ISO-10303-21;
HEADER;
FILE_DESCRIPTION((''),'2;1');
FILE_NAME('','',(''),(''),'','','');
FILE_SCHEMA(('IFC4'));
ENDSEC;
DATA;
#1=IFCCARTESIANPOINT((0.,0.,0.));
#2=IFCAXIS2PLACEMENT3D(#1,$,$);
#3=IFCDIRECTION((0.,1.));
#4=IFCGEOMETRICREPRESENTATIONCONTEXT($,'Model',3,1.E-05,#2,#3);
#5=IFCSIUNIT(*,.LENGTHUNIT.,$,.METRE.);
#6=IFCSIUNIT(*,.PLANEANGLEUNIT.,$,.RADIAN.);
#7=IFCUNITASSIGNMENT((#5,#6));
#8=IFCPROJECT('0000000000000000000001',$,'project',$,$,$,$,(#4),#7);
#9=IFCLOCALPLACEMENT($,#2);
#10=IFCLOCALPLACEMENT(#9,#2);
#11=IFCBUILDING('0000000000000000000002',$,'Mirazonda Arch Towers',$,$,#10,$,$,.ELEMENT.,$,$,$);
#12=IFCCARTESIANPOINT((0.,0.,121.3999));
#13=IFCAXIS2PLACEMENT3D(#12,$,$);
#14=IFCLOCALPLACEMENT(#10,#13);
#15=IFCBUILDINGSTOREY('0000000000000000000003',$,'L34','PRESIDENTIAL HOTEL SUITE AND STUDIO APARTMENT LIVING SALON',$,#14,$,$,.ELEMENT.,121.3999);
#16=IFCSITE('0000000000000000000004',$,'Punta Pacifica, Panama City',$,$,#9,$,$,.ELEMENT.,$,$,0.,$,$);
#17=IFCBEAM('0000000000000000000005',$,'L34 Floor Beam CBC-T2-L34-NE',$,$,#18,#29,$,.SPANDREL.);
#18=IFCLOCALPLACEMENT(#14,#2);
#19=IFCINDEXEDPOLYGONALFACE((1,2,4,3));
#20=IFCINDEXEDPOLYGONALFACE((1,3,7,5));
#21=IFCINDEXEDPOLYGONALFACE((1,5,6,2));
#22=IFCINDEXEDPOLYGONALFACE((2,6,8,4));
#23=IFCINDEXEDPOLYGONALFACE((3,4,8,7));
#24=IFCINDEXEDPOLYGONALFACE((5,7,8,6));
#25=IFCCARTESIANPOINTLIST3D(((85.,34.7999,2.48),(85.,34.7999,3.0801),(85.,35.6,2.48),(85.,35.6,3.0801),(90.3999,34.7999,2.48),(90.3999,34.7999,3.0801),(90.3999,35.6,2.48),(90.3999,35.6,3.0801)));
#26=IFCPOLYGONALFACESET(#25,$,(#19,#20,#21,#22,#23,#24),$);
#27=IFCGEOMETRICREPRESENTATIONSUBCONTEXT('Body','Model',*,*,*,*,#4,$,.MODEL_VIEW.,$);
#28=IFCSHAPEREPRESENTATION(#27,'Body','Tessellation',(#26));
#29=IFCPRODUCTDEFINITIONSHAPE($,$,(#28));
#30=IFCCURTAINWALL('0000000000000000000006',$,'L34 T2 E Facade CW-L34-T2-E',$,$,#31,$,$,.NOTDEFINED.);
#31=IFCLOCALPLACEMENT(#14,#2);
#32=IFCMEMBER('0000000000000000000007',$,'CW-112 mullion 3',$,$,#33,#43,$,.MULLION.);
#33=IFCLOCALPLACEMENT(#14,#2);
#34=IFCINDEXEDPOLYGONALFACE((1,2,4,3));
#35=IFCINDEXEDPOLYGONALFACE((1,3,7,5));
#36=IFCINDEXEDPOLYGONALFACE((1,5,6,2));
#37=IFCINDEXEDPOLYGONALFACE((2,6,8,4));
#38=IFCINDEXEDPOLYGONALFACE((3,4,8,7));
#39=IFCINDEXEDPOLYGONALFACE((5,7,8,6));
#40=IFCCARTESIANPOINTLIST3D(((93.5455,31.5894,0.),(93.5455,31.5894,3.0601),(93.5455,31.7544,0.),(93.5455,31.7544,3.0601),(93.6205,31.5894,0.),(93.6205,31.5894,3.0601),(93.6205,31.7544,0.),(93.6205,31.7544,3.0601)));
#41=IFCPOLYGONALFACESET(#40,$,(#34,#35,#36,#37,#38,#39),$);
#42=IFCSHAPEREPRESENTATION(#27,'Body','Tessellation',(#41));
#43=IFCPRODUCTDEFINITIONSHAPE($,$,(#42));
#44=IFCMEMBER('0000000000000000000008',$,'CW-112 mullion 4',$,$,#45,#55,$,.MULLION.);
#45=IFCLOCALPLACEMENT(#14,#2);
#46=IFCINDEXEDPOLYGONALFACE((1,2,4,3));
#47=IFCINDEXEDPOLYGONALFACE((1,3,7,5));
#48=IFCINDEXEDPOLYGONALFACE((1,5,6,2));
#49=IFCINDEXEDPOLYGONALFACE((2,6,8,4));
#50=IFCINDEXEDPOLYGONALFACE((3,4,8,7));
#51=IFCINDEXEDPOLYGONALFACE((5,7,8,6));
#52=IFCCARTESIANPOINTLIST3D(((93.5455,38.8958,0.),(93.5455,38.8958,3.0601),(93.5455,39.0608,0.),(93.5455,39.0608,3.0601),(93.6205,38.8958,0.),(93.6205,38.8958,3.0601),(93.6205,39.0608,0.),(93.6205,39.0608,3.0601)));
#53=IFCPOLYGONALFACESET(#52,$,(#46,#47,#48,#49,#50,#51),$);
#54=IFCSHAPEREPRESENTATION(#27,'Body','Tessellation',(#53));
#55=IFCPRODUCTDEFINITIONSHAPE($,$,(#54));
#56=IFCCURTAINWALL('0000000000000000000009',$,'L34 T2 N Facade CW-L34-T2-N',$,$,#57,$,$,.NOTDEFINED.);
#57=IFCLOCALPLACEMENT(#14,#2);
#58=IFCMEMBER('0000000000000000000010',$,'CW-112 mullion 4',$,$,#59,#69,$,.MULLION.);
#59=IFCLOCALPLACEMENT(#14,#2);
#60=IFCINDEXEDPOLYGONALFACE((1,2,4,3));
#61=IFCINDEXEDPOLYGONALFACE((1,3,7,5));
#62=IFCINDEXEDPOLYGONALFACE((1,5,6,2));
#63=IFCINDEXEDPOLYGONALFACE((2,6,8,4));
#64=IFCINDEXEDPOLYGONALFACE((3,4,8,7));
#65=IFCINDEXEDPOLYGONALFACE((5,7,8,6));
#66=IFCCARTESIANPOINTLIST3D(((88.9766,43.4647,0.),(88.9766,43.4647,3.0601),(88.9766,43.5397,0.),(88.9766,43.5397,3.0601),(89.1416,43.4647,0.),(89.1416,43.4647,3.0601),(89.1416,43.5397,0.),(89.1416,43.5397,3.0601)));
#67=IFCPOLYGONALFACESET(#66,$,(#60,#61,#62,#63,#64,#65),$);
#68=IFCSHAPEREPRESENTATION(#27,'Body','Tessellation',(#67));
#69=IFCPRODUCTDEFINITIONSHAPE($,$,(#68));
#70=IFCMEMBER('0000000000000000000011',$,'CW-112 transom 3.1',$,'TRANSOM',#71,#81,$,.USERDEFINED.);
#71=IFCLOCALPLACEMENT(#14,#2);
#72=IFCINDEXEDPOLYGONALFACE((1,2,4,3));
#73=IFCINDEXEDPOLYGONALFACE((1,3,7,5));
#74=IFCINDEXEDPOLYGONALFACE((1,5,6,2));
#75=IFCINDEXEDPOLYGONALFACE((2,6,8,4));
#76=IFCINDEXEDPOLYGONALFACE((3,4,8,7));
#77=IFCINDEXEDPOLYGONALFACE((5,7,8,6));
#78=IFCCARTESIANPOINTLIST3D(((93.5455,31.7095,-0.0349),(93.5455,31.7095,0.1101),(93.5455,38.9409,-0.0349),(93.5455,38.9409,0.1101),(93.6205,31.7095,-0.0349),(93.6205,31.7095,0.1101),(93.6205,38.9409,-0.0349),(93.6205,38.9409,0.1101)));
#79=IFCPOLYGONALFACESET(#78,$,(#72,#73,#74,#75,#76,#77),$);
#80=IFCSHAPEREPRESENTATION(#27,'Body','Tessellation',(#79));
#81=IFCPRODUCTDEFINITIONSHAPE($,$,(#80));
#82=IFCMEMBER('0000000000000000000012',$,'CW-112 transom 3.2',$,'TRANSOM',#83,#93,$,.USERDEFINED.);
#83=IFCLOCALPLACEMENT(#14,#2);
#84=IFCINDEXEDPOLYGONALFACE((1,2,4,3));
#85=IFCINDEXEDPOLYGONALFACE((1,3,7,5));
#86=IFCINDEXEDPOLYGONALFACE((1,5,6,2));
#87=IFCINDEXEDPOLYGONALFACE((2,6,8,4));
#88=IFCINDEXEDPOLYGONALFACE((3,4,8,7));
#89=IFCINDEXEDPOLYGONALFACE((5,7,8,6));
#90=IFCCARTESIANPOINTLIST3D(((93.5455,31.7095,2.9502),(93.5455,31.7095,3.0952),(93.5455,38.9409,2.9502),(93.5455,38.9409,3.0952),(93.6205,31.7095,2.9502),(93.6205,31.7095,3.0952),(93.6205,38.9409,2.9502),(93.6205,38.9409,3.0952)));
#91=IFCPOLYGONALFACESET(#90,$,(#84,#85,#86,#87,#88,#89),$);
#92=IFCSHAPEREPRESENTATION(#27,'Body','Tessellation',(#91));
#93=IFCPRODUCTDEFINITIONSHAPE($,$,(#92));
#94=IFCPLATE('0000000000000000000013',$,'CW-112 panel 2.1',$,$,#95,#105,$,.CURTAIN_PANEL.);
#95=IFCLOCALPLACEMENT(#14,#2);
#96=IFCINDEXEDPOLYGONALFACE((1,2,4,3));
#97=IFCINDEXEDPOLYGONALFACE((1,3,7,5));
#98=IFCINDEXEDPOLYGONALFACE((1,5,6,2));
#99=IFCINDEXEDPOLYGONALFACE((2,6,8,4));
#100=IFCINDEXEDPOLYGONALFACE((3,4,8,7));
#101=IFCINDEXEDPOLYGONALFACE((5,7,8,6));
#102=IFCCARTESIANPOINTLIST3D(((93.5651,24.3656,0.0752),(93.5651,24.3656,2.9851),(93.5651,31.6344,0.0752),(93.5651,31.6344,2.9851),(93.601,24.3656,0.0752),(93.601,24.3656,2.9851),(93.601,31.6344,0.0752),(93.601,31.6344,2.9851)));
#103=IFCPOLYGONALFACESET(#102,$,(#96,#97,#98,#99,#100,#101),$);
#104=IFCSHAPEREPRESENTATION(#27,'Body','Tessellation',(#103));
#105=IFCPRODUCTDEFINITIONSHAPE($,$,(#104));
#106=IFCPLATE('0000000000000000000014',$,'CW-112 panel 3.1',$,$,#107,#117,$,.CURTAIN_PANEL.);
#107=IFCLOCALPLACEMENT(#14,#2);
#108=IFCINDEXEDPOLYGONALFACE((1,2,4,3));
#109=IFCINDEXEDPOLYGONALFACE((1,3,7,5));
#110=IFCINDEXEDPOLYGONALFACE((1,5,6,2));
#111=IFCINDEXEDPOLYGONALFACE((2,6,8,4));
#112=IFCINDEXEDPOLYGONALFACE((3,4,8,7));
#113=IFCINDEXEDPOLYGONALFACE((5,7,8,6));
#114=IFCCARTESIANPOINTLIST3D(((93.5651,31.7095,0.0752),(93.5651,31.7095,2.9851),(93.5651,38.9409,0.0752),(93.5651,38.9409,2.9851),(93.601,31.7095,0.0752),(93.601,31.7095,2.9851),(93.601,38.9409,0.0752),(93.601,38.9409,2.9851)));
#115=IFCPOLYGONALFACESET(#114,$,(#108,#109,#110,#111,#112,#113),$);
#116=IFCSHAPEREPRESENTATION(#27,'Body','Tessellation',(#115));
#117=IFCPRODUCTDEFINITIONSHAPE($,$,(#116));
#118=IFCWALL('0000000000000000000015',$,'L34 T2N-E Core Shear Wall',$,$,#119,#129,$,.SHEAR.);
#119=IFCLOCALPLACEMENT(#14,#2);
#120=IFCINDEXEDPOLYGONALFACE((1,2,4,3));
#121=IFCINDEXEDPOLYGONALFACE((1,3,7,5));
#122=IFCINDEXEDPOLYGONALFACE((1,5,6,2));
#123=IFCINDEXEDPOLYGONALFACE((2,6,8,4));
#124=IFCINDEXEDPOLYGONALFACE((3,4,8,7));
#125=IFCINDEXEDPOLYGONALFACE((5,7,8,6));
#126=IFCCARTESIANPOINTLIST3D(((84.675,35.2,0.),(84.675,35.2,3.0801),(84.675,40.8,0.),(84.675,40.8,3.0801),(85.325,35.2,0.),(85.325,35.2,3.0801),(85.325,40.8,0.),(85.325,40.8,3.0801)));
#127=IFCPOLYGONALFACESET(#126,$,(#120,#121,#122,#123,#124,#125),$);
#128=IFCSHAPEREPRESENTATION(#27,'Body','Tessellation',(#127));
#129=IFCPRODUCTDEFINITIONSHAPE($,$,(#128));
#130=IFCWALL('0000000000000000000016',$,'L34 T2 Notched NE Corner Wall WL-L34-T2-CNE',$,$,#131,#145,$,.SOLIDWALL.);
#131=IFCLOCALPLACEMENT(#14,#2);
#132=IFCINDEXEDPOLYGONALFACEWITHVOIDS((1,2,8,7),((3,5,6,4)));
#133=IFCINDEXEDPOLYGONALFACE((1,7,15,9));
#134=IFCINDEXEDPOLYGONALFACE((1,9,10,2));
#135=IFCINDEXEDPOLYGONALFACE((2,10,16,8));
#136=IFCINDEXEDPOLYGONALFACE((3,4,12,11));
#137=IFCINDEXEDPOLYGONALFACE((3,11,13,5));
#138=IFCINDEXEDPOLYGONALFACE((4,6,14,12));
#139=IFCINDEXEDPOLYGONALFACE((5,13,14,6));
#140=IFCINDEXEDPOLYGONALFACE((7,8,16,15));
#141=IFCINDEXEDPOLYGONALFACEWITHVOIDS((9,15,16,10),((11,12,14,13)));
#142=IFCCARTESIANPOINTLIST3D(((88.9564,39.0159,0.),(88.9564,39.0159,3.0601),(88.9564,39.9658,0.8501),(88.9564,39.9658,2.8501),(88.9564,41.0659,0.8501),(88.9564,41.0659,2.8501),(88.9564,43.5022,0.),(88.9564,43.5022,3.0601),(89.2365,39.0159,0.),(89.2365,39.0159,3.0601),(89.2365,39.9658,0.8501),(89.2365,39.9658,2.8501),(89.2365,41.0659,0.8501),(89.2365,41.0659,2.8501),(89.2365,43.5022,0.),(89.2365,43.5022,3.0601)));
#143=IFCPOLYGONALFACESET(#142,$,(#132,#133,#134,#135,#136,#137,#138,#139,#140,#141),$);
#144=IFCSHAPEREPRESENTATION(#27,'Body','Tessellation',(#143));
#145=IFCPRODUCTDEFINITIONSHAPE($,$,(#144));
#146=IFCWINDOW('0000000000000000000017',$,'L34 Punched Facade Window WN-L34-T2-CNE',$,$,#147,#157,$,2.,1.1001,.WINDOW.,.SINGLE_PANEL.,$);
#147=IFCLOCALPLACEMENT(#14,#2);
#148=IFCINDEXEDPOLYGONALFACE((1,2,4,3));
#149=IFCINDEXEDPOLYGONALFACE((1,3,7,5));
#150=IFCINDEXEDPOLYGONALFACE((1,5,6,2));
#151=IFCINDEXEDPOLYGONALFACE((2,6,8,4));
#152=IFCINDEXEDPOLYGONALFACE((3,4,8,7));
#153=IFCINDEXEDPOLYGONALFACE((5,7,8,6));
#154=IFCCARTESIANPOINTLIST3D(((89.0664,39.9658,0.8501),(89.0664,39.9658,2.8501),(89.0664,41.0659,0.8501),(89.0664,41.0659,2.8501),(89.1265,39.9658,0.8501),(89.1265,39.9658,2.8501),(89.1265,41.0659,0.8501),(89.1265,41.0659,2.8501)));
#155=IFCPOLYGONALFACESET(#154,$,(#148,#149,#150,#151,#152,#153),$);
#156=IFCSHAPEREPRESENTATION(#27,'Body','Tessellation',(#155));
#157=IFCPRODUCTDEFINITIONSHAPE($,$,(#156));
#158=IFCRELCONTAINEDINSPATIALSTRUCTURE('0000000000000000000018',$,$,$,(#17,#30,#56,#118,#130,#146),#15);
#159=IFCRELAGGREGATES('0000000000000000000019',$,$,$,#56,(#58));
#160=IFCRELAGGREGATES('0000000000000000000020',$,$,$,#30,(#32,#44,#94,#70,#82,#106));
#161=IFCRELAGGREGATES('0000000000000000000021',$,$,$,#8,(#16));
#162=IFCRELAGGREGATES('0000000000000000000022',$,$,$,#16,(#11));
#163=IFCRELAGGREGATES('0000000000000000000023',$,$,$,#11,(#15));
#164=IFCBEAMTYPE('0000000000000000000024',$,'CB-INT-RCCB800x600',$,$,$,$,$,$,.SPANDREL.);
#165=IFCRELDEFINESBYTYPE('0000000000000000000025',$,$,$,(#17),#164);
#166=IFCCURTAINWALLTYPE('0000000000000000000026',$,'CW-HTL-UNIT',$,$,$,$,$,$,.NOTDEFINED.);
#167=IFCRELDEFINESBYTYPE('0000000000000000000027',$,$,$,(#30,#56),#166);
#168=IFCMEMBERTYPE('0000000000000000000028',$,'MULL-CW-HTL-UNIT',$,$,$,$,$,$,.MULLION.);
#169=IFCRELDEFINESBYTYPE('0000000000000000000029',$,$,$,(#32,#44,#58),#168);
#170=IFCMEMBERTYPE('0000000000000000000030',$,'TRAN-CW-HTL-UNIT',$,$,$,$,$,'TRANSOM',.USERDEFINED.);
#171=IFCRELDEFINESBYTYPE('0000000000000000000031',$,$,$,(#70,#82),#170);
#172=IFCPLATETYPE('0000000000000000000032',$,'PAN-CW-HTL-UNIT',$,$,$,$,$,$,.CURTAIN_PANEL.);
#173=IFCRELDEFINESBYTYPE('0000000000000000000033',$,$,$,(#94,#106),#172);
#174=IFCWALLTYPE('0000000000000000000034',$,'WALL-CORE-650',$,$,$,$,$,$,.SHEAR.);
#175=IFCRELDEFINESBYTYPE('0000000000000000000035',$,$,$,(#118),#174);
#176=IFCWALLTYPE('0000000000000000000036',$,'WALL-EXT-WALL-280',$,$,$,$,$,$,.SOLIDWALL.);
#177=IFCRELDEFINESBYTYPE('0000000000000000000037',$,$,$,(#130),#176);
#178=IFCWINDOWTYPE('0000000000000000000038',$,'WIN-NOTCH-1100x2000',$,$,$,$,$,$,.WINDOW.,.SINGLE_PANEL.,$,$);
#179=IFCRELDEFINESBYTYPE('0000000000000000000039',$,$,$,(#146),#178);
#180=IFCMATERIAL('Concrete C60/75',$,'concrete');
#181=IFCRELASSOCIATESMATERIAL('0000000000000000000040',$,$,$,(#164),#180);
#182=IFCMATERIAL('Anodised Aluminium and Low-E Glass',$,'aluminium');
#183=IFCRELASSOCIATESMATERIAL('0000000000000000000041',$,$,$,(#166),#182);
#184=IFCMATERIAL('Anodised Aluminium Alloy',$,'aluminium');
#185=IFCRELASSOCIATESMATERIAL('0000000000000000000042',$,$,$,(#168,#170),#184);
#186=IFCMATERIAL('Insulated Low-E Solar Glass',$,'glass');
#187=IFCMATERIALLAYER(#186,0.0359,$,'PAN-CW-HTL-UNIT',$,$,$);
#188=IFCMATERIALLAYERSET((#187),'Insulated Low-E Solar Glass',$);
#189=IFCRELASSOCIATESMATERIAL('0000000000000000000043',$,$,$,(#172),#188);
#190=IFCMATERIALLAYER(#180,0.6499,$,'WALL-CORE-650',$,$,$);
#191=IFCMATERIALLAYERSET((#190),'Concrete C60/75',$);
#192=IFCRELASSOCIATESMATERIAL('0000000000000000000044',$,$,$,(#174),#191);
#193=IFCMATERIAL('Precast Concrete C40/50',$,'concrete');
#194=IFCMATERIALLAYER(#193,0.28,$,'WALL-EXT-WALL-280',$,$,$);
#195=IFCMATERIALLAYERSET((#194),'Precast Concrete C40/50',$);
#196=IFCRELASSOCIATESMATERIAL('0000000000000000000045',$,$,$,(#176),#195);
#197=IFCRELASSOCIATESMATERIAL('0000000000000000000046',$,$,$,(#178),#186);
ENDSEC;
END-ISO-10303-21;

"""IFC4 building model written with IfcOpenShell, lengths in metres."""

from ifc_helpers import new_model, si_unit, direction, frame, frame_2d, origin, origin_2d, place, context, subcontext, project, spatial, rectangle, extrude, material, layer, layer_set, material_profile, profile_set, type_object, element, fill, aggregate, save


model = new_model("IFC4")

# Units and contexts
model_context = context("Model", 3, precision=1e-05, world=origin(), true_north=direction((0.0, 1.0)))
body_context = subcontext(model_context, "Body", "Model", "MODEL_VIEW")
ifc_project = project(units=[si_unit("LENGTHUNIT", "METRE"), si_unit("PLANEANGLEUNIT", "RADIAN")], contexts=[model_context])

# Site, building, storey
site_placement = place(None, origin())
site = spatial("IfcSite", under=ifc_project, at=site_placement, Name="Punta Pacifica, Panama City", CompositionType="ELEMENT", RefElevation=0.0)
building_placement = place(site_placement, origin())
building = spatial("IfcBuilding", under=site, at=building_placement, Name="Mirazonda Arch Towers", CompositionType="ELEMENT")
storey_placement = place(building_placement, frame((0.0, 0.0, 121.3999)))
storey = spatial("IfcBuildingStorey", under=building, at=storey_placement, Name="L34", Description="PRESIDENTIAL HOTEL SUITE AND STUDIO APARTMENT LIVING SALON", CompositionType="ELEMENT", Elevation=121.3999)

# Beam
ifc_material_1 = material(Name="Concrete C60/75", Category="concrete")
ifc_material_profile_1 = material_profile(ifc_material_1, rectangle(XDim=0.8, YDim=0.6001, at=origin_2d()), Name="RCCB800x600")
ifc_profile_set_1 = profile_set([ifc_material_profile_1], Name="Concrete C60/75")
beam_type_1 = type_object("IfcBeamType", Name="CB-INT-RCCB800x600", PredefinedType="SPANDREL", material=ifc_profile_set_1)
beam_1_placement = place(storey_placement, frame((85.0, 35.2, 2.78), z_axis=(1.0, 0.0, 0.0), x_axis=(0.0, 1.0, 0.0)))
element("IfcBeam", 1, at=beam_1_placement, inside=storey, type_object=beam_type_1, Name="L34 Floor Beam CBC-T2-L34-NE", PredefinedType="SPANDREL", context=body_context, shape_type="SweptSolid", body=[
    extrude(rectangle(XDim=0.8, YDim=0.6001, at=origin_2d()), origin(), (0.0, 0.0, 1.0), 5.3999),
])

# Curtain wall, members
ifc_material_2 = material(Name="Anodised Aluminium and Low-E Glass", Category="aluminium")
curtain_wall_type = type_object("IfcCurtainWallType", Name="CW-HTL-UNIT", PredefinedType="NOTDEFINED", material=ifc_material_2)
curtain_wall_1_placement = place(storey_placement, origin())
curtain_wall_1 = element("IfcCurtainWall", 2, at=curtain_wall_1_placement, inside=storey, type_object=curtain_wall_type, Name="L34 T2 E Facade CW-L34-T2-E", PredefinedType="NOTDEFINED")
ifc_material_3 = material(Name="Anodised Aluminium Alloy", Category="aluminium")
ifc_material_profile_2 = material_profile(ifc_material_3, rectangle(XDim=0.075, YDim=0.165, at=origin_2d()), Name="ALU-MULL-75x165")
ifc_profile_set_2 = profile_set([ifc_material_profile_2], Name="Anodised Aluminium Alloy")
member_type_1 = type_object("IfcMemberType", Name="MULL-CW-HTL-UNIT", PredefinedType="MULLION", material=ifc_profile_set_2)
member_1_placement = place(storey_placement, frame((93.583, 31.6719, 0.0), z_axis=(0.0, 0.0, 1.0), x_axis=(-1.0, 0.0, 0.0)))
member_1 = element("IfcMember", 3, at=member_1_placement, type_object=member_type_1, Name="CW-112 mullion 3", PredefinedType="MULLION", context=body_context, shape_type="SweptSolid", body=[
    extrude(rectangle(XDim=0.075, YDim=0.165, at=origin_2d()), origin(), (0.0, 0.0, 1.0), 3.0601),
])
member_2_placement = place(storey_placement, frame((93.583, 38.9783, 0.0), z_axis=(0.0, 0.0, 1.0), x_axis=(-1.0, 0.0, 0.0)))
member_2 = element("IfcMember", 4, at=member_2_placement, type_object=member_type_1, Name="CW-112 mullion 4", PredefinedType="MULLION", context=body_context, shape_type="SweptSolid", body=[
    extrude(rectangle(XDim=0.075, YDim=0.165, at=origin_2d()), origin(), (0.0, 0.0, 1.0), 3.0601),
])

# Curtain wall, member
curtain_wall_2_placement = place(storey_placement, origin())
curtain_wall_2 = element("IfcCurtainWall", 5, at=curtain_wall_2_placement, inside=storey, type_object=curtain_wall_type, Name="L34 T2 N Facade CW-L34-T2-N", PredefinedType="NOTDEFINED")
member_3_placement = place(storey_placement, frame((89.0591, 43.5022, 0.0), z_axis=(0.0, 0.0, 1.0), x_axis=(0.0, 1.0, 0.0)))
member_3 = element("IfcMember", 6, at=member_3_placement, type_object=member_type_1, Name="CW-112 mullion 4", PredefinedType="MULLION", context=body_context, shape_type="SweptSolid", body=[
    extrude(rectangle(XDim=0.075, YDim=0.165, at=origin_2d()), origin(), (0.0, 0.0, 1.0), 3.0601),
])
aggregate(curtain_wall_2, [member_3])

# Members
ifc_material_profile_3 = material_profile(ifc_material_3, rectangle(XDim=0.075, YDim=0.145, at=origin_2d()), Name="ALU-TRAN-75x145")
ifc_profile_set_3 = profile_set([ifc_material_profile_3], Name="Anodised Aluminium Alloy")
member_type_2 = type_object("IfcMemberType", Name="TRAN-CW-HTL-UNIT", ElementType="TRANSOM", PredefinedType="USERDEFINED", material=ifc_profile_set_3)
member_4_placement = place(storey_placement, frame((93.583, 31.7095, 0.0376), z_axis=(0.0, 1.0, 0.0), x_axis=(-1.0, 0.0, 0.0)))
member_4 = element("IfcMember", 7, at=member_4_placement, type_object=member_type_2, Name="CW-112 transom 3.1", ObjectType="TRANSOM", PredefinedType="USERDEFINED", context=body_context, shape_type="SweptSolid", body=[
    extrude(rectangle(XDim=0.075, YDim=0.145, at=origin_2d()), origin(), (0.0, 0.0, 1.0), 7.2314),
])
member_5_placement = place(storey_placement, frame((93.583, 31.7095, 3.0227), z_axis=(0.0, 1.0, 0.0), x_axis=(-1.0, 0.0, 0.0)))
member_5 = element("IfcMember", 8, at=member_5_placement, type_object=member_type_2, Name="CW-112 transom 3.2", ObjectType="TRANSOM", PredefinedType="USERDEFINED", context=body_context, shape_type="SweptSolid", body=[
    extrude(rectangle(XDim=0.075, YDim=0.145, at=origin_2d()), origin(), (0.0, 0.0, 1.0), 7.2314),
])

# Plates
ifc_material_4 = material(Name="Insulated Low-E Solar Glass", Category="glass")
ifc_layer_1 = layer(ifc_material_4, 0.0359, Name="PAN-CW-HTL-UNIT")
ifc_layer_set_1 = layer_set([ifc_layer_1], Name="Insulated Low-E Solar Glass")
plate_type = type_object("IfcPlateType", Name="PAN-CW-HTL-UNIT", PredefinedType="CURTAIN_PANEL", material=ifc_layer_set_1)
plate_1_placement = place(storey_placement, frame((93.583, 28.0, 0.0752), z_axis=(0.0, 0.0, 1.0), x_axis=(0.0, 1.0, 0.0)))
plate_1 = element("IfcPlate", 9, at=plate_1_placement, type_object=plate_type, Name="CW-112 panel 2.1", PredefinedType="CURTAIN_PANEL", context=body_context, shape_type="SweptSolid", body=[
    extrude(rectangle(XDim=7.2688, YDim=0.0359, at=origin_2d()), origin(), (0.0, 0.0, 1.0), 2.9099),
])
plate_2_placement = place(storey_placement, frame((93.583, 35.3252, 0.0752), z_axis=(0.0, 0.0, 1.0), x_axis=(0.0, 1.0, 0.0)))
plate_2 = element("IfcPlate", 10, at=plate_2_placement, type_object=plate_type, Name="CW-112 panel 3.1", PredefinedType="CURTAIN_PANEL", context=body_context, shape_type="SweptSolid", body=[
    extrude(rectangle(XDim=7.2314, YDim=0.0359, at=origin_2d()), origin(), (0.0, 0.0, 1.0), 2.9099),
])
aggregate(curtain_wall_1, [member_1, member_2, plate_1, member_4, member_5, plate_2])

# Wall
ifc_layer_2 = layer(ifc_material_1, 0.6499, Name="WALL-CORE-650")
ifc_layer_set_2 = layer_set([ifc_layer_2], Name="Concrete C60/75")
wall_type_1 = type_object("IfcWallType", Name="WALL-CORE-650", PredefinedType="SHEAR", material=ifc_layer_set_2)
wall_1_placement = place(storey_placement, frame((85.0, 35.2, 0.0), z_axis=(0.0, 0.0, 1.0), x_axis=(0.0, 1.0, 0.0)))
element("IfcWall", 11, at=wall_1_placement, inside=storey, type_object=wall_type_1, Name="L34 T2N-E Core Shear Wall", PredefinedType="SHEAR", context=body_context, shape_type="SweptSolid", body=[
    extrude(rectangle(XDim=5.6001, YDim=0.6499, at=frame_2d((2.8, 0.0))), origin(), (0.0, 0.0, 1.0), 3.0801),
])

# Wall, opening, window
ifc_material_5 = material(Name="Precast Concrete C40/50", Category="concrete")
ifc_layer_3 = layer(ifc_material_5, 0.28, Name="WALL-EXT-WALL-280")
ifc_layer_set_3 = layer_set([ifc_layer_3], Name="Precast Concrete C40/50")
wall_type_2 = type_object("IfcWallType", Name="WALL-EXT-WALL-280", PredefinedType="SOLIDWALL", material=ifc_layer_set_3)
wall_2_placement = place(storey_placement, frame((89.0964, 39.0159, 0.0), z_axis=(0.0, 0.0, 1.0), x_axis=(0.0, 1.0, 0.0)))
wall_2 = element("IfcWall", 12, at=wall_2_placement, inside=storey, type_object=wall_type_2, Name="L34 T2 Notched NE Corner Wall WL-L34-T2-CNE", PredefinedType="SOLIDWALL", context=body_context, shape_type="SweptSolid", body=[
    extrude(rectangle(XDim=4.4863, YDim=0.28, at=frame_2d((2.2432, 0.0))), origin(), (0.0, 0.0, 1.0), 3.0601),
])
opening_1_placement = place(wall_2_placement, frame((0.95, 0.0, 0.8501)))
opening_1 = element("IfcOpeningElement", 13, at=opening_1_placement, cuts=wall_2, PredefinedType="OPENING", context=body_context, shape_type="SweptSolid", body=[
    extrude(rectangle(XDim=1.1001, YDim=2.0, at=frame_2d((0.55, 1.0))), frame((0.0, 0.1499, 0.0), z_axis=(0.0, -1.0, 0.0), x_axis=(1.0, 0.0, 0.0)), (0.0, 0.0, 1.0), 0.3),
])
window_type = type_object("IfcWindowType", Name="WIN-NOTCH-1100x2000", PartitioningType="SINGLE_PANEL", PredefinedType="WINDOW", material=ifc_material_4)
window_1_placement = place(opening_1_placement, origin())
window_1 = element("IfcWindow", 14, at=window_1_placement, inside=storey, type_object=window_type, Name="L34 Punched Facade Window WN-L34-T2-CNE", OverallHeight=2.0, OverallWidth=1.1001, PartitioningType="SINGLE_PANEL", PredefinedType="WINDOW", context=body_context, shape_type="SweptSolid", body=[
    extrude(rectangle(XDim=1.1001, YDim=2.0, at=frame_2d((0.55, 1.0))), frame((0.0, 0.03, 0.0), z_axis=(0.0, -1.0, 0.0), x_axis=(1.0, 0.0, 0.0)), (0.0, 0.0, 1.0), 0.0601),
])
fill(opening_1, window_1)

save(model, "model.ifc")
